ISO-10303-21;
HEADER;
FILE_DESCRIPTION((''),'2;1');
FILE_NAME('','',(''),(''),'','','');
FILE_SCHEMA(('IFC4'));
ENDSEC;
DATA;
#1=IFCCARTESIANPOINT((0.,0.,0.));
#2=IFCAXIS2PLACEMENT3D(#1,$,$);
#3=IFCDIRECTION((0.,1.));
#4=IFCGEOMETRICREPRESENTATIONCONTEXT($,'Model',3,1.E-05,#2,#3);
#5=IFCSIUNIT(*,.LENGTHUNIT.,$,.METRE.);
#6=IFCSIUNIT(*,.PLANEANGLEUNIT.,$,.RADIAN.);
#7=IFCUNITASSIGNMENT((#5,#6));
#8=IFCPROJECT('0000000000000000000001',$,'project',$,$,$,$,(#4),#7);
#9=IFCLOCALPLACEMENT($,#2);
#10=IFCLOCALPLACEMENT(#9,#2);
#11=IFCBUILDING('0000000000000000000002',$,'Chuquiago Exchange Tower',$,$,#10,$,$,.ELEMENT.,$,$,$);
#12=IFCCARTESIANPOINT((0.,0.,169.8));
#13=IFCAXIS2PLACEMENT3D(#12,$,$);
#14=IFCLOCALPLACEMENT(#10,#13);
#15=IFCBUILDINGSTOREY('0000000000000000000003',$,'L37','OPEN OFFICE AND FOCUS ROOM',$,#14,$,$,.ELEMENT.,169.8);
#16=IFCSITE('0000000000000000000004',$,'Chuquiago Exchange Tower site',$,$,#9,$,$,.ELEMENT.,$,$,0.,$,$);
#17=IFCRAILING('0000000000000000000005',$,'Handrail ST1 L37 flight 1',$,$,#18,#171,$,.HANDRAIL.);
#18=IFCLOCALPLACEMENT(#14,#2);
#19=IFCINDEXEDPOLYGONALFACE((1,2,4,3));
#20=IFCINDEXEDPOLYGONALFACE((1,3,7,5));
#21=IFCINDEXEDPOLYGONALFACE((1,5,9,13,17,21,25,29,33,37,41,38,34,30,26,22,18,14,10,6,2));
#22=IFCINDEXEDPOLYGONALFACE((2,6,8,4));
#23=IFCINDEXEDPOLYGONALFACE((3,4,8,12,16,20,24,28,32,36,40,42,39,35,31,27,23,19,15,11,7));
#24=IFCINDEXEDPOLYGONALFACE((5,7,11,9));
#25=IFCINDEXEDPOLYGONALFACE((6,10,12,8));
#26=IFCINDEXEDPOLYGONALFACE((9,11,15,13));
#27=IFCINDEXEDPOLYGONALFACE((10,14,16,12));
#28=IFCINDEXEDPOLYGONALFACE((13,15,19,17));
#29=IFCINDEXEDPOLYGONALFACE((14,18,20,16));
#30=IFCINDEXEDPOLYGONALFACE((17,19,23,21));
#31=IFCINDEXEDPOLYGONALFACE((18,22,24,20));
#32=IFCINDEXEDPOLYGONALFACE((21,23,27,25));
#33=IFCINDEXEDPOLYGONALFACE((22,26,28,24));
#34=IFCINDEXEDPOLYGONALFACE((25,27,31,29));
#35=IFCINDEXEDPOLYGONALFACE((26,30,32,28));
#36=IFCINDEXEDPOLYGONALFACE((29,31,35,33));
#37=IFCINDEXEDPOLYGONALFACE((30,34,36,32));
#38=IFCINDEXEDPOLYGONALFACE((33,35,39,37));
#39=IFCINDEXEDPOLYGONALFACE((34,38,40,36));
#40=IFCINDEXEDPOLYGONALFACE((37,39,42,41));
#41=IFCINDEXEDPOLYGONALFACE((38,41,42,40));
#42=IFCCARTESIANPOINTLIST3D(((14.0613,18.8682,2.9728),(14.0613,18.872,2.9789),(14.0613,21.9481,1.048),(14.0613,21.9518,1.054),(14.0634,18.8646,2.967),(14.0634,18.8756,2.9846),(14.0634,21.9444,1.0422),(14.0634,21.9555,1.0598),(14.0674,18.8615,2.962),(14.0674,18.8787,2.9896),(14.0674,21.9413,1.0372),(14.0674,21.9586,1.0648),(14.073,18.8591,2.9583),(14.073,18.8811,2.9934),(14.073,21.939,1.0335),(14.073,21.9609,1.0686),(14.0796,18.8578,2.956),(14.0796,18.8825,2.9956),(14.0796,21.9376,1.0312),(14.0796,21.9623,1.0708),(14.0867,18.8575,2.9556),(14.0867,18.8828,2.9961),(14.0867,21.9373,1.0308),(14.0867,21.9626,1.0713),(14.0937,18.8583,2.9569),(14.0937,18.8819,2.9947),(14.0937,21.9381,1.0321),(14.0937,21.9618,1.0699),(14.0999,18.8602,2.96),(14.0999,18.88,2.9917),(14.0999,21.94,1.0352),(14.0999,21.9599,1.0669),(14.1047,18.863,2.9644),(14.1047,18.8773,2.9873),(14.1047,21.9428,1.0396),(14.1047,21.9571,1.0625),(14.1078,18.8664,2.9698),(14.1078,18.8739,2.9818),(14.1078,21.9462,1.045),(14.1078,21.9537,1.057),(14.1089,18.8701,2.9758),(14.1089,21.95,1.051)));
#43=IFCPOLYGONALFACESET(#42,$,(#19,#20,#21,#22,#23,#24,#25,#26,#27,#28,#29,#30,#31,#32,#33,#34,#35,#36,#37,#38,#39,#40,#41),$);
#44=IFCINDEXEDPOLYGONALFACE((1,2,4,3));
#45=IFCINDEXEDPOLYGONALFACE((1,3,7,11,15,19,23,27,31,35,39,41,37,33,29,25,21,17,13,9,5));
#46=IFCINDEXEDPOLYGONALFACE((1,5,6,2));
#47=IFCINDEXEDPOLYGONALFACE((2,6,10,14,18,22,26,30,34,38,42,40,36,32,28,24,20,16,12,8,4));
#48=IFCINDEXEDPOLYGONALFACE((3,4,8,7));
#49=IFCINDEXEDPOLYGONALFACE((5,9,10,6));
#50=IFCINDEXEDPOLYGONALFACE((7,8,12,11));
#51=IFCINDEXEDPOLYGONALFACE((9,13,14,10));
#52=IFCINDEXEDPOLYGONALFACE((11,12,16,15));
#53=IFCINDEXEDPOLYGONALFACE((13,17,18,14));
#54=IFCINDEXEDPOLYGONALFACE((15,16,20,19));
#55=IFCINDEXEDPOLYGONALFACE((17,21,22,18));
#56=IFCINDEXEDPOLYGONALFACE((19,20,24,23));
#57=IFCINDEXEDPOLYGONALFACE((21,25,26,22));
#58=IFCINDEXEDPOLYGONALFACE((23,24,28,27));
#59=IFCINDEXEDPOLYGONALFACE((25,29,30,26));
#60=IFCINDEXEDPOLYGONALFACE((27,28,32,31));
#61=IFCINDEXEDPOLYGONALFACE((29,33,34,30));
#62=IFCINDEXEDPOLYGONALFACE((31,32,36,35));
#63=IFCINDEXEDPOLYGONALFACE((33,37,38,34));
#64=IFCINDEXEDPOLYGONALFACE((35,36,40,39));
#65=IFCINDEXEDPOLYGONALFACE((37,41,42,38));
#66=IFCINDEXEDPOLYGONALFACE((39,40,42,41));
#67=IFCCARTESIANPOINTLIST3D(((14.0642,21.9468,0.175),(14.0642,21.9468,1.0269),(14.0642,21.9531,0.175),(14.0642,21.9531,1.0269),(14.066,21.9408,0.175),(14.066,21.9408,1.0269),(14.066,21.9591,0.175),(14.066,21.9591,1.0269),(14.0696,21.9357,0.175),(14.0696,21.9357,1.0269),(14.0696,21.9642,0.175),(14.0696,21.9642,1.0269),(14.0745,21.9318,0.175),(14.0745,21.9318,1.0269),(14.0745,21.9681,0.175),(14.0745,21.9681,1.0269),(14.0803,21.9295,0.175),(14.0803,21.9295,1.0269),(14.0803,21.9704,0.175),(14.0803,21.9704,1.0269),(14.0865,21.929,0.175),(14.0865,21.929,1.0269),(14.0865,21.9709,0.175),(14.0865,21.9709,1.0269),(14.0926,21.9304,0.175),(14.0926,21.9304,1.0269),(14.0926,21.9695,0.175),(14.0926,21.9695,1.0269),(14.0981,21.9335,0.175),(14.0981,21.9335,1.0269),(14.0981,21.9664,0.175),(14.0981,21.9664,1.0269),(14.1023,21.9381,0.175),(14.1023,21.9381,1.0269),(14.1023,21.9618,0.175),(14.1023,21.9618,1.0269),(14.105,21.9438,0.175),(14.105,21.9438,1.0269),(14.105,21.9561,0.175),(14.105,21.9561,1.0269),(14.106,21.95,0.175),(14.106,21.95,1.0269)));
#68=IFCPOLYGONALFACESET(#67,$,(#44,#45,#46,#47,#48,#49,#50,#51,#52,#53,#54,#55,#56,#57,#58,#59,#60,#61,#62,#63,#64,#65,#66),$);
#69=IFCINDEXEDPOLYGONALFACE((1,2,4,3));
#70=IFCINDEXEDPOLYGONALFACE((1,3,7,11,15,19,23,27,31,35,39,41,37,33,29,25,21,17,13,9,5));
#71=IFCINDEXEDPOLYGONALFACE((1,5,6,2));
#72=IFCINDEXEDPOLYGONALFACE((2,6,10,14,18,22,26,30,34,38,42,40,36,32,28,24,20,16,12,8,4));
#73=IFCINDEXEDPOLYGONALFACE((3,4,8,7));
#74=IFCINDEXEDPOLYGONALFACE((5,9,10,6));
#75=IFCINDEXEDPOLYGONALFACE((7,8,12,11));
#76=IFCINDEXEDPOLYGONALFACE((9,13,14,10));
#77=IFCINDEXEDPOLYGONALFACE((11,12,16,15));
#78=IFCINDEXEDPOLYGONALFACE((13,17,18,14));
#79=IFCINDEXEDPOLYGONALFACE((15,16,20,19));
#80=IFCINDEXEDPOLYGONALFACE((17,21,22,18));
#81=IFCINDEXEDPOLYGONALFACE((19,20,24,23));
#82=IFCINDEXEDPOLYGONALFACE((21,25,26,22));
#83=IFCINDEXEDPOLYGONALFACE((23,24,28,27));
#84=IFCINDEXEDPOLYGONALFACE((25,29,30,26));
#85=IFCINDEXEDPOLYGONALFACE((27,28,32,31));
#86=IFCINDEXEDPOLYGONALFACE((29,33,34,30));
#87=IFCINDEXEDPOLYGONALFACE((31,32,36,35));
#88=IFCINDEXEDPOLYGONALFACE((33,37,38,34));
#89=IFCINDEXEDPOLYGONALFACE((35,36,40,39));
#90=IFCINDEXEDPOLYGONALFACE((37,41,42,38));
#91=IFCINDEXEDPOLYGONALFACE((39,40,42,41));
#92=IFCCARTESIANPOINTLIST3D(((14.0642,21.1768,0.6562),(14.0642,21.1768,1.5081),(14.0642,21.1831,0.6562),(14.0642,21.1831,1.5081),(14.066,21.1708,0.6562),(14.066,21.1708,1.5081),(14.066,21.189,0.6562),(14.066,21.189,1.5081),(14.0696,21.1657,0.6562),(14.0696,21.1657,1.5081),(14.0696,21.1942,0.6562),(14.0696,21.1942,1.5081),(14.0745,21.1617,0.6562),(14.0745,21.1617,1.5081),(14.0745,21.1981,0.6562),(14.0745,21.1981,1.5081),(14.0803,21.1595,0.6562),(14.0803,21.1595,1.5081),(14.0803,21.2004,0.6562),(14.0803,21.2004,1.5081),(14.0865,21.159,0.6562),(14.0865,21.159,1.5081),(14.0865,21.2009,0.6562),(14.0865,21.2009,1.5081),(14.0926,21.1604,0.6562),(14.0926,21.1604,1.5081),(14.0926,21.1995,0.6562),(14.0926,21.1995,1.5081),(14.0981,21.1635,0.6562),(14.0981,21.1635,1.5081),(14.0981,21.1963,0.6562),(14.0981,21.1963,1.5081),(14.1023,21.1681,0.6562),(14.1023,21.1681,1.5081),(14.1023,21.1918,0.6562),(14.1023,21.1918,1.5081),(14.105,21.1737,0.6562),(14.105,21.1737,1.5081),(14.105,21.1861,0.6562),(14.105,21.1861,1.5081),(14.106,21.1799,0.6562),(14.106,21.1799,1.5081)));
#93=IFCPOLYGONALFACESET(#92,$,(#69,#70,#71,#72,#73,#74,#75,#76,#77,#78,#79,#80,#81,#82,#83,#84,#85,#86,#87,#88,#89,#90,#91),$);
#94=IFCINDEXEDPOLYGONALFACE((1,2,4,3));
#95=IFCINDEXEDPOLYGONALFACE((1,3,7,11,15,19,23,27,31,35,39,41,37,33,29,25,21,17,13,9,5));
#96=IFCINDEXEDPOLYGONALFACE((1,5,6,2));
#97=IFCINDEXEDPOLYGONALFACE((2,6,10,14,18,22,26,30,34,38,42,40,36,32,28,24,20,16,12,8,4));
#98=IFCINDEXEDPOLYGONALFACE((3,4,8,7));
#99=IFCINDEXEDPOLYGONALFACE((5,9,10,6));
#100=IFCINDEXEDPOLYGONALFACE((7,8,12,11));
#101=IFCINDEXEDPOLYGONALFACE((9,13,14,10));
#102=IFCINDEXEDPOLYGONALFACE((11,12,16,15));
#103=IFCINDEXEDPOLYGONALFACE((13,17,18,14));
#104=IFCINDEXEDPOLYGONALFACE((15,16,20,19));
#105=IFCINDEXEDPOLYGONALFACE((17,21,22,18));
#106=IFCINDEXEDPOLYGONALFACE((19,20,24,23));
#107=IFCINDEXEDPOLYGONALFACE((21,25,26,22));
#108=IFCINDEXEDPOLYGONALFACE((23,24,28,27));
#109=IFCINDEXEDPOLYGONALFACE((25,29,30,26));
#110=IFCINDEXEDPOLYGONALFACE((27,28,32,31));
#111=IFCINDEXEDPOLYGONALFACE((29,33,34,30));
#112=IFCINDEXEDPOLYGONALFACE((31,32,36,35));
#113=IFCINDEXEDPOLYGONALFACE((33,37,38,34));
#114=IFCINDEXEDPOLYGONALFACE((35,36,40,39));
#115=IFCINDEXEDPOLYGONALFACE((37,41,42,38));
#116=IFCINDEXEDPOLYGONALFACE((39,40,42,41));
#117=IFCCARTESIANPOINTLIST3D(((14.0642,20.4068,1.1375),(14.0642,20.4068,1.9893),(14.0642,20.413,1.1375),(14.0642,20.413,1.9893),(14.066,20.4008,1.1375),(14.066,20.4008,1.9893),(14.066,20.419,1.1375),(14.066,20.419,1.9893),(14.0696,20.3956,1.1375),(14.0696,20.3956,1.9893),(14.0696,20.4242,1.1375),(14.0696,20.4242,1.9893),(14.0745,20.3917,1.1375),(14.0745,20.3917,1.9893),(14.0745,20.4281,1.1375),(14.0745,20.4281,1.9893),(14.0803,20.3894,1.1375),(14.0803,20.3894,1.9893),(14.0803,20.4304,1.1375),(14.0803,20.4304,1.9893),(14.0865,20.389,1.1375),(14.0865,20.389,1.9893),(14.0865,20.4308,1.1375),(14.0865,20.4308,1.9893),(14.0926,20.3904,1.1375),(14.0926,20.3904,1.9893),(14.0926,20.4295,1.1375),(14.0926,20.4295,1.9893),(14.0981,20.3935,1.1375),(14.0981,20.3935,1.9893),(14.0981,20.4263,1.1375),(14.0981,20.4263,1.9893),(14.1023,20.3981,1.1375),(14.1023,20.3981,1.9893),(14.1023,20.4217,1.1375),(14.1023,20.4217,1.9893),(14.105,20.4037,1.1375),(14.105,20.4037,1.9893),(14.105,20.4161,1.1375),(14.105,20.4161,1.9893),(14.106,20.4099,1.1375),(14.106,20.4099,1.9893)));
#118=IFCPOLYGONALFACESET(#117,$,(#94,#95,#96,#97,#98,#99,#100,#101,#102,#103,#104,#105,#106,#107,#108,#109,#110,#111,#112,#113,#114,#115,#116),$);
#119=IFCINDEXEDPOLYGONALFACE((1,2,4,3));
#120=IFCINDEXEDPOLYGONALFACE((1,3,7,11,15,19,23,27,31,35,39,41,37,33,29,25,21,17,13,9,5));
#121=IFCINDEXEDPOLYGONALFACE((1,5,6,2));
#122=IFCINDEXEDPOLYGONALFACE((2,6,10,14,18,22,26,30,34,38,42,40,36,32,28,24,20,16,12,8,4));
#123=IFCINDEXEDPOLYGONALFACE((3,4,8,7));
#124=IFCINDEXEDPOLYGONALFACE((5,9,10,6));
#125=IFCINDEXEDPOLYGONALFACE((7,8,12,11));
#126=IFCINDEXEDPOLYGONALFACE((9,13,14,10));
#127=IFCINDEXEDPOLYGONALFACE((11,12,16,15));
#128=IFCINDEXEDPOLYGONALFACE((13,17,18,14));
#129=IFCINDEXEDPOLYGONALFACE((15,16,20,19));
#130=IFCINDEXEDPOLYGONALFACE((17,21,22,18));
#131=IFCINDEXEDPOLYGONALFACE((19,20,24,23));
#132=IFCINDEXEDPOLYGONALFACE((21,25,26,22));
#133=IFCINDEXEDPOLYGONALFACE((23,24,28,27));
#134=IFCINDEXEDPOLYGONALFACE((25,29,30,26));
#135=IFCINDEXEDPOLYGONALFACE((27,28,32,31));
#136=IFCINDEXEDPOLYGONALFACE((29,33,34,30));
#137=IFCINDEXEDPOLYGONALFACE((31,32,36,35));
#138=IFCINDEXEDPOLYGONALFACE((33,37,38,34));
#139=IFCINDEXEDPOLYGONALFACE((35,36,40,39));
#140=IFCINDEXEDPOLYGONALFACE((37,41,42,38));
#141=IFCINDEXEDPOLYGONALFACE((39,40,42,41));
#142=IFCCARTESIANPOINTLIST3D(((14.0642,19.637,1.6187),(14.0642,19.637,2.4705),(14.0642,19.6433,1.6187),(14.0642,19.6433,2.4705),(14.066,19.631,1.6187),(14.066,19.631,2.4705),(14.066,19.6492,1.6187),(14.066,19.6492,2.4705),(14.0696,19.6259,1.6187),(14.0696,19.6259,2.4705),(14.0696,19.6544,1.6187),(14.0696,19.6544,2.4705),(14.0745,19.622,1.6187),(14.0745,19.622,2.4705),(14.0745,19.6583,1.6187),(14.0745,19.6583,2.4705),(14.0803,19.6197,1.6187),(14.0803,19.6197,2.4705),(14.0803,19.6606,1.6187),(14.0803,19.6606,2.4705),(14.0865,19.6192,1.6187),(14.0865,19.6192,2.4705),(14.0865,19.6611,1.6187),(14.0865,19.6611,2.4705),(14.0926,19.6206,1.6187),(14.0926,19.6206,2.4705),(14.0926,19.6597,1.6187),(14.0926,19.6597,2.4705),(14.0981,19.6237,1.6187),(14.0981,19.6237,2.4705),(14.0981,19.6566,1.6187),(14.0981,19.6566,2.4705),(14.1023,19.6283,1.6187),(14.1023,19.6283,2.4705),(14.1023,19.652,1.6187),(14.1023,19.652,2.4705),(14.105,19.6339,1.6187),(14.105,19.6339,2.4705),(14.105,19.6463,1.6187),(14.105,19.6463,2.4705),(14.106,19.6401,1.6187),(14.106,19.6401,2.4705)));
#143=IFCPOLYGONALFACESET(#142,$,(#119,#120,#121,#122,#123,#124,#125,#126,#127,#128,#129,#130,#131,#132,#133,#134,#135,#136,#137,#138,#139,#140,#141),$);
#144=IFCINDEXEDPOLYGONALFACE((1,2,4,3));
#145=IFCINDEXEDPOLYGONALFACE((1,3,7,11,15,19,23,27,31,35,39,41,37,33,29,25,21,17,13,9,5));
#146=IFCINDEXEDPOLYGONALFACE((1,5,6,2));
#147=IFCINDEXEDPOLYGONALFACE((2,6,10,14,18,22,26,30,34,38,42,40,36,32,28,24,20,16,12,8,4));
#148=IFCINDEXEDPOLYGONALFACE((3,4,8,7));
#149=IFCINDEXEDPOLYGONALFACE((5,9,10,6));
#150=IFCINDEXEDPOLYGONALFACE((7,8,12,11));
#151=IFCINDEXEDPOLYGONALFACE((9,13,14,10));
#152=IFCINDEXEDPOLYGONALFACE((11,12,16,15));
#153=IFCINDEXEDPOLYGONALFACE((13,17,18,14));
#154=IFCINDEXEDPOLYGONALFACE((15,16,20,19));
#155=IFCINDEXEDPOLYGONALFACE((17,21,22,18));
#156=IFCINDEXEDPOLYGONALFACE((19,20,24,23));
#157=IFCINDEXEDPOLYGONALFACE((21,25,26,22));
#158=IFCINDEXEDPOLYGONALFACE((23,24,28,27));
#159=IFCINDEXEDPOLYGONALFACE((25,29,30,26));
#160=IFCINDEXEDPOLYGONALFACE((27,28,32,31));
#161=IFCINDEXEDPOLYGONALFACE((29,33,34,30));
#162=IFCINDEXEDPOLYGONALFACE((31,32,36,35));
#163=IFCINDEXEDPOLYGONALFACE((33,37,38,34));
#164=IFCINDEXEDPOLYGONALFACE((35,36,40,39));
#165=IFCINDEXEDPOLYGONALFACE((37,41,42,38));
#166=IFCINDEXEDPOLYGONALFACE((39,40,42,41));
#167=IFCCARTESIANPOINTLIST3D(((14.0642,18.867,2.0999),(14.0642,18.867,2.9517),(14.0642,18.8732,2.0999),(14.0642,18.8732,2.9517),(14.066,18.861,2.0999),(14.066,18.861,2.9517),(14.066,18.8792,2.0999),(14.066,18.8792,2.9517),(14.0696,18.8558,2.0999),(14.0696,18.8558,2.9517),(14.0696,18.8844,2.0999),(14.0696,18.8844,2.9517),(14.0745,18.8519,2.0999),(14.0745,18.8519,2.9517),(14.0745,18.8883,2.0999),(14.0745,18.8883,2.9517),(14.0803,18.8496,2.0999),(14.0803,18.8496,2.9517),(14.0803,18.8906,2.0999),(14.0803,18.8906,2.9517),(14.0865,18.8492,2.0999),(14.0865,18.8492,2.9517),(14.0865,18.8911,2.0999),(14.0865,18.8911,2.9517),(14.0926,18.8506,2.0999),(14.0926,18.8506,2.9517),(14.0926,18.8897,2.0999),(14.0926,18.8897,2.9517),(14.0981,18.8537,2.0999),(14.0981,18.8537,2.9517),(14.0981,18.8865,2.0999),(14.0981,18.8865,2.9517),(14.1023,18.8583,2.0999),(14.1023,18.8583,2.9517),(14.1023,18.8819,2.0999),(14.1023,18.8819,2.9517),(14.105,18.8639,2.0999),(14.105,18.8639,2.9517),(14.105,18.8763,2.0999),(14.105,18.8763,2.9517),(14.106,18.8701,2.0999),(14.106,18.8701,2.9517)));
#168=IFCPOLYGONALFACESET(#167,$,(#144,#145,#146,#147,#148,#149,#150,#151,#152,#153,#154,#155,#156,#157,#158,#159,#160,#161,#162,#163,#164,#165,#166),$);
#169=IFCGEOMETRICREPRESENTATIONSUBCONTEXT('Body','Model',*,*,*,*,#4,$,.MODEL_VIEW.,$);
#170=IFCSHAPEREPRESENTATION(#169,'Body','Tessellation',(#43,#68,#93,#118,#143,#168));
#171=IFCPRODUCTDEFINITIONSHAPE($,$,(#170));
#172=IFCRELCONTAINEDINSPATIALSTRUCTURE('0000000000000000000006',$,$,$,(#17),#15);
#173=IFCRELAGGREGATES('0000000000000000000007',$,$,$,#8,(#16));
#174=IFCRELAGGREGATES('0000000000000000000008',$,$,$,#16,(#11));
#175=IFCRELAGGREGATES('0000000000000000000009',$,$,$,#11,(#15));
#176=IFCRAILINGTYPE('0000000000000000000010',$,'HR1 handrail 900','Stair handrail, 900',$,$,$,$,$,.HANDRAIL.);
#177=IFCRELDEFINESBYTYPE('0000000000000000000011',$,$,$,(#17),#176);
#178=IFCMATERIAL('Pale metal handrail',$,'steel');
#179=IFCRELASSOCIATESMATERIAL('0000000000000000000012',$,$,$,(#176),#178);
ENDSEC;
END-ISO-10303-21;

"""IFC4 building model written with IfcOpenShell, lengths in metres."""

from ifc_helpers import new_model, si_unit, direction, frame, origin, origin_2d, place, context, subcontext, project, spatial, circle, extrude, material, type_object, element, save


model = new_model("IFC4")

# Units and contexts
model_context = context("Model", 3, precision=1e-05, world=origin(), true_north=direction((0.0, 1.0)))
body_context = subcontext(model_context, "Body", "Model", "MODEL_VIEW")
ifc_project = project(units=[si_unit("LENGTHUNIT", "METRE"), si_unit("PLANEANGLEUNIT", "RADIAN")], contexts=[model_context])

# Site, building, storey
site_placement = place(None, origin())
site = spatial("IfcSite", under=ifc_project, at=site_placement, Name="Chuquiago Exchange Tower site", CompositionType="ELEMENT", RefElevation=0.0)
building_placement = place(site_placement, origin())
building = spatial("IfcBuilding", under=site, at=building_placement, Name="Chuquiago Exchange Tower", CompositionType="ELEMENT")
storey_placement = place(building_placement, frame((0.0, 0.0, 169.8)))
storey = spatial("IfcBuildingStorey", under=building, at=storey_placement, Name="L37", Description="OPEN OFFICE AND FOCUS ROOM", CompositionType="ELEMENT", Elevation=169.8)

# Railing
ifc_material_1 = material(Name="Pale metal handrail", Category="steel")
railing_type = type_object("IfcRailingType", Name="HR1 handrail 900", Description="Stair handrail, 900", PredefinedType="HANDRAIL", material=ifc_material_1)
for number, where, name in (
    (1, (14.085, 21.95, 0.175), "Handrail ST1 L37 flight 1"),
):
    element("IfcRailing", number, at=place(storey_placement, frame(where)), inside=storey, type_object=railing_type, Name=name, PredefinedType="HANDRAIL", context=body_context, shape_type="SweptSolid", body=[
        extrude(circle(Radius=0.0239, at=origin_2d()), frame((0.0, 0.0, 0.876), z_axis=(0.0, -0.84801, 0.529981), x_axis=(1.0, 0.0, 0.0)), (0.0, 0.0, 1.0), 3.6318),
        extrude(circle(Radius=0.021, at=origin_2d()), origin(), (0.0, 0.0, 1.0), 0.8518),
        extrude(circle(Radius=0.021, at=origin_2d()), frame((0.0, -0.77, 0.4812)), (0.0, 0.0, 1.0), 0.8518),
        extrude(circle(Radius=0.021, at=origin_2d()), frame((0.0, -1.54, 0.9624)), (0.0, 0.0, 1.0), 0.8518),
        extrude(circle(Radius=0.021, at=origin_2d()), frame((0.0, -2.3098, 1.4436)), (0.0, 0.0, 1.0), 0.8518),
        extrude(circle(Radius=0.021, at=origin_2d()), frame((0.0, -3.0798, 1.9248)), (0.0, 0.0, 1.0), 0.8518),
    ])

save(model, "model.ifc")
